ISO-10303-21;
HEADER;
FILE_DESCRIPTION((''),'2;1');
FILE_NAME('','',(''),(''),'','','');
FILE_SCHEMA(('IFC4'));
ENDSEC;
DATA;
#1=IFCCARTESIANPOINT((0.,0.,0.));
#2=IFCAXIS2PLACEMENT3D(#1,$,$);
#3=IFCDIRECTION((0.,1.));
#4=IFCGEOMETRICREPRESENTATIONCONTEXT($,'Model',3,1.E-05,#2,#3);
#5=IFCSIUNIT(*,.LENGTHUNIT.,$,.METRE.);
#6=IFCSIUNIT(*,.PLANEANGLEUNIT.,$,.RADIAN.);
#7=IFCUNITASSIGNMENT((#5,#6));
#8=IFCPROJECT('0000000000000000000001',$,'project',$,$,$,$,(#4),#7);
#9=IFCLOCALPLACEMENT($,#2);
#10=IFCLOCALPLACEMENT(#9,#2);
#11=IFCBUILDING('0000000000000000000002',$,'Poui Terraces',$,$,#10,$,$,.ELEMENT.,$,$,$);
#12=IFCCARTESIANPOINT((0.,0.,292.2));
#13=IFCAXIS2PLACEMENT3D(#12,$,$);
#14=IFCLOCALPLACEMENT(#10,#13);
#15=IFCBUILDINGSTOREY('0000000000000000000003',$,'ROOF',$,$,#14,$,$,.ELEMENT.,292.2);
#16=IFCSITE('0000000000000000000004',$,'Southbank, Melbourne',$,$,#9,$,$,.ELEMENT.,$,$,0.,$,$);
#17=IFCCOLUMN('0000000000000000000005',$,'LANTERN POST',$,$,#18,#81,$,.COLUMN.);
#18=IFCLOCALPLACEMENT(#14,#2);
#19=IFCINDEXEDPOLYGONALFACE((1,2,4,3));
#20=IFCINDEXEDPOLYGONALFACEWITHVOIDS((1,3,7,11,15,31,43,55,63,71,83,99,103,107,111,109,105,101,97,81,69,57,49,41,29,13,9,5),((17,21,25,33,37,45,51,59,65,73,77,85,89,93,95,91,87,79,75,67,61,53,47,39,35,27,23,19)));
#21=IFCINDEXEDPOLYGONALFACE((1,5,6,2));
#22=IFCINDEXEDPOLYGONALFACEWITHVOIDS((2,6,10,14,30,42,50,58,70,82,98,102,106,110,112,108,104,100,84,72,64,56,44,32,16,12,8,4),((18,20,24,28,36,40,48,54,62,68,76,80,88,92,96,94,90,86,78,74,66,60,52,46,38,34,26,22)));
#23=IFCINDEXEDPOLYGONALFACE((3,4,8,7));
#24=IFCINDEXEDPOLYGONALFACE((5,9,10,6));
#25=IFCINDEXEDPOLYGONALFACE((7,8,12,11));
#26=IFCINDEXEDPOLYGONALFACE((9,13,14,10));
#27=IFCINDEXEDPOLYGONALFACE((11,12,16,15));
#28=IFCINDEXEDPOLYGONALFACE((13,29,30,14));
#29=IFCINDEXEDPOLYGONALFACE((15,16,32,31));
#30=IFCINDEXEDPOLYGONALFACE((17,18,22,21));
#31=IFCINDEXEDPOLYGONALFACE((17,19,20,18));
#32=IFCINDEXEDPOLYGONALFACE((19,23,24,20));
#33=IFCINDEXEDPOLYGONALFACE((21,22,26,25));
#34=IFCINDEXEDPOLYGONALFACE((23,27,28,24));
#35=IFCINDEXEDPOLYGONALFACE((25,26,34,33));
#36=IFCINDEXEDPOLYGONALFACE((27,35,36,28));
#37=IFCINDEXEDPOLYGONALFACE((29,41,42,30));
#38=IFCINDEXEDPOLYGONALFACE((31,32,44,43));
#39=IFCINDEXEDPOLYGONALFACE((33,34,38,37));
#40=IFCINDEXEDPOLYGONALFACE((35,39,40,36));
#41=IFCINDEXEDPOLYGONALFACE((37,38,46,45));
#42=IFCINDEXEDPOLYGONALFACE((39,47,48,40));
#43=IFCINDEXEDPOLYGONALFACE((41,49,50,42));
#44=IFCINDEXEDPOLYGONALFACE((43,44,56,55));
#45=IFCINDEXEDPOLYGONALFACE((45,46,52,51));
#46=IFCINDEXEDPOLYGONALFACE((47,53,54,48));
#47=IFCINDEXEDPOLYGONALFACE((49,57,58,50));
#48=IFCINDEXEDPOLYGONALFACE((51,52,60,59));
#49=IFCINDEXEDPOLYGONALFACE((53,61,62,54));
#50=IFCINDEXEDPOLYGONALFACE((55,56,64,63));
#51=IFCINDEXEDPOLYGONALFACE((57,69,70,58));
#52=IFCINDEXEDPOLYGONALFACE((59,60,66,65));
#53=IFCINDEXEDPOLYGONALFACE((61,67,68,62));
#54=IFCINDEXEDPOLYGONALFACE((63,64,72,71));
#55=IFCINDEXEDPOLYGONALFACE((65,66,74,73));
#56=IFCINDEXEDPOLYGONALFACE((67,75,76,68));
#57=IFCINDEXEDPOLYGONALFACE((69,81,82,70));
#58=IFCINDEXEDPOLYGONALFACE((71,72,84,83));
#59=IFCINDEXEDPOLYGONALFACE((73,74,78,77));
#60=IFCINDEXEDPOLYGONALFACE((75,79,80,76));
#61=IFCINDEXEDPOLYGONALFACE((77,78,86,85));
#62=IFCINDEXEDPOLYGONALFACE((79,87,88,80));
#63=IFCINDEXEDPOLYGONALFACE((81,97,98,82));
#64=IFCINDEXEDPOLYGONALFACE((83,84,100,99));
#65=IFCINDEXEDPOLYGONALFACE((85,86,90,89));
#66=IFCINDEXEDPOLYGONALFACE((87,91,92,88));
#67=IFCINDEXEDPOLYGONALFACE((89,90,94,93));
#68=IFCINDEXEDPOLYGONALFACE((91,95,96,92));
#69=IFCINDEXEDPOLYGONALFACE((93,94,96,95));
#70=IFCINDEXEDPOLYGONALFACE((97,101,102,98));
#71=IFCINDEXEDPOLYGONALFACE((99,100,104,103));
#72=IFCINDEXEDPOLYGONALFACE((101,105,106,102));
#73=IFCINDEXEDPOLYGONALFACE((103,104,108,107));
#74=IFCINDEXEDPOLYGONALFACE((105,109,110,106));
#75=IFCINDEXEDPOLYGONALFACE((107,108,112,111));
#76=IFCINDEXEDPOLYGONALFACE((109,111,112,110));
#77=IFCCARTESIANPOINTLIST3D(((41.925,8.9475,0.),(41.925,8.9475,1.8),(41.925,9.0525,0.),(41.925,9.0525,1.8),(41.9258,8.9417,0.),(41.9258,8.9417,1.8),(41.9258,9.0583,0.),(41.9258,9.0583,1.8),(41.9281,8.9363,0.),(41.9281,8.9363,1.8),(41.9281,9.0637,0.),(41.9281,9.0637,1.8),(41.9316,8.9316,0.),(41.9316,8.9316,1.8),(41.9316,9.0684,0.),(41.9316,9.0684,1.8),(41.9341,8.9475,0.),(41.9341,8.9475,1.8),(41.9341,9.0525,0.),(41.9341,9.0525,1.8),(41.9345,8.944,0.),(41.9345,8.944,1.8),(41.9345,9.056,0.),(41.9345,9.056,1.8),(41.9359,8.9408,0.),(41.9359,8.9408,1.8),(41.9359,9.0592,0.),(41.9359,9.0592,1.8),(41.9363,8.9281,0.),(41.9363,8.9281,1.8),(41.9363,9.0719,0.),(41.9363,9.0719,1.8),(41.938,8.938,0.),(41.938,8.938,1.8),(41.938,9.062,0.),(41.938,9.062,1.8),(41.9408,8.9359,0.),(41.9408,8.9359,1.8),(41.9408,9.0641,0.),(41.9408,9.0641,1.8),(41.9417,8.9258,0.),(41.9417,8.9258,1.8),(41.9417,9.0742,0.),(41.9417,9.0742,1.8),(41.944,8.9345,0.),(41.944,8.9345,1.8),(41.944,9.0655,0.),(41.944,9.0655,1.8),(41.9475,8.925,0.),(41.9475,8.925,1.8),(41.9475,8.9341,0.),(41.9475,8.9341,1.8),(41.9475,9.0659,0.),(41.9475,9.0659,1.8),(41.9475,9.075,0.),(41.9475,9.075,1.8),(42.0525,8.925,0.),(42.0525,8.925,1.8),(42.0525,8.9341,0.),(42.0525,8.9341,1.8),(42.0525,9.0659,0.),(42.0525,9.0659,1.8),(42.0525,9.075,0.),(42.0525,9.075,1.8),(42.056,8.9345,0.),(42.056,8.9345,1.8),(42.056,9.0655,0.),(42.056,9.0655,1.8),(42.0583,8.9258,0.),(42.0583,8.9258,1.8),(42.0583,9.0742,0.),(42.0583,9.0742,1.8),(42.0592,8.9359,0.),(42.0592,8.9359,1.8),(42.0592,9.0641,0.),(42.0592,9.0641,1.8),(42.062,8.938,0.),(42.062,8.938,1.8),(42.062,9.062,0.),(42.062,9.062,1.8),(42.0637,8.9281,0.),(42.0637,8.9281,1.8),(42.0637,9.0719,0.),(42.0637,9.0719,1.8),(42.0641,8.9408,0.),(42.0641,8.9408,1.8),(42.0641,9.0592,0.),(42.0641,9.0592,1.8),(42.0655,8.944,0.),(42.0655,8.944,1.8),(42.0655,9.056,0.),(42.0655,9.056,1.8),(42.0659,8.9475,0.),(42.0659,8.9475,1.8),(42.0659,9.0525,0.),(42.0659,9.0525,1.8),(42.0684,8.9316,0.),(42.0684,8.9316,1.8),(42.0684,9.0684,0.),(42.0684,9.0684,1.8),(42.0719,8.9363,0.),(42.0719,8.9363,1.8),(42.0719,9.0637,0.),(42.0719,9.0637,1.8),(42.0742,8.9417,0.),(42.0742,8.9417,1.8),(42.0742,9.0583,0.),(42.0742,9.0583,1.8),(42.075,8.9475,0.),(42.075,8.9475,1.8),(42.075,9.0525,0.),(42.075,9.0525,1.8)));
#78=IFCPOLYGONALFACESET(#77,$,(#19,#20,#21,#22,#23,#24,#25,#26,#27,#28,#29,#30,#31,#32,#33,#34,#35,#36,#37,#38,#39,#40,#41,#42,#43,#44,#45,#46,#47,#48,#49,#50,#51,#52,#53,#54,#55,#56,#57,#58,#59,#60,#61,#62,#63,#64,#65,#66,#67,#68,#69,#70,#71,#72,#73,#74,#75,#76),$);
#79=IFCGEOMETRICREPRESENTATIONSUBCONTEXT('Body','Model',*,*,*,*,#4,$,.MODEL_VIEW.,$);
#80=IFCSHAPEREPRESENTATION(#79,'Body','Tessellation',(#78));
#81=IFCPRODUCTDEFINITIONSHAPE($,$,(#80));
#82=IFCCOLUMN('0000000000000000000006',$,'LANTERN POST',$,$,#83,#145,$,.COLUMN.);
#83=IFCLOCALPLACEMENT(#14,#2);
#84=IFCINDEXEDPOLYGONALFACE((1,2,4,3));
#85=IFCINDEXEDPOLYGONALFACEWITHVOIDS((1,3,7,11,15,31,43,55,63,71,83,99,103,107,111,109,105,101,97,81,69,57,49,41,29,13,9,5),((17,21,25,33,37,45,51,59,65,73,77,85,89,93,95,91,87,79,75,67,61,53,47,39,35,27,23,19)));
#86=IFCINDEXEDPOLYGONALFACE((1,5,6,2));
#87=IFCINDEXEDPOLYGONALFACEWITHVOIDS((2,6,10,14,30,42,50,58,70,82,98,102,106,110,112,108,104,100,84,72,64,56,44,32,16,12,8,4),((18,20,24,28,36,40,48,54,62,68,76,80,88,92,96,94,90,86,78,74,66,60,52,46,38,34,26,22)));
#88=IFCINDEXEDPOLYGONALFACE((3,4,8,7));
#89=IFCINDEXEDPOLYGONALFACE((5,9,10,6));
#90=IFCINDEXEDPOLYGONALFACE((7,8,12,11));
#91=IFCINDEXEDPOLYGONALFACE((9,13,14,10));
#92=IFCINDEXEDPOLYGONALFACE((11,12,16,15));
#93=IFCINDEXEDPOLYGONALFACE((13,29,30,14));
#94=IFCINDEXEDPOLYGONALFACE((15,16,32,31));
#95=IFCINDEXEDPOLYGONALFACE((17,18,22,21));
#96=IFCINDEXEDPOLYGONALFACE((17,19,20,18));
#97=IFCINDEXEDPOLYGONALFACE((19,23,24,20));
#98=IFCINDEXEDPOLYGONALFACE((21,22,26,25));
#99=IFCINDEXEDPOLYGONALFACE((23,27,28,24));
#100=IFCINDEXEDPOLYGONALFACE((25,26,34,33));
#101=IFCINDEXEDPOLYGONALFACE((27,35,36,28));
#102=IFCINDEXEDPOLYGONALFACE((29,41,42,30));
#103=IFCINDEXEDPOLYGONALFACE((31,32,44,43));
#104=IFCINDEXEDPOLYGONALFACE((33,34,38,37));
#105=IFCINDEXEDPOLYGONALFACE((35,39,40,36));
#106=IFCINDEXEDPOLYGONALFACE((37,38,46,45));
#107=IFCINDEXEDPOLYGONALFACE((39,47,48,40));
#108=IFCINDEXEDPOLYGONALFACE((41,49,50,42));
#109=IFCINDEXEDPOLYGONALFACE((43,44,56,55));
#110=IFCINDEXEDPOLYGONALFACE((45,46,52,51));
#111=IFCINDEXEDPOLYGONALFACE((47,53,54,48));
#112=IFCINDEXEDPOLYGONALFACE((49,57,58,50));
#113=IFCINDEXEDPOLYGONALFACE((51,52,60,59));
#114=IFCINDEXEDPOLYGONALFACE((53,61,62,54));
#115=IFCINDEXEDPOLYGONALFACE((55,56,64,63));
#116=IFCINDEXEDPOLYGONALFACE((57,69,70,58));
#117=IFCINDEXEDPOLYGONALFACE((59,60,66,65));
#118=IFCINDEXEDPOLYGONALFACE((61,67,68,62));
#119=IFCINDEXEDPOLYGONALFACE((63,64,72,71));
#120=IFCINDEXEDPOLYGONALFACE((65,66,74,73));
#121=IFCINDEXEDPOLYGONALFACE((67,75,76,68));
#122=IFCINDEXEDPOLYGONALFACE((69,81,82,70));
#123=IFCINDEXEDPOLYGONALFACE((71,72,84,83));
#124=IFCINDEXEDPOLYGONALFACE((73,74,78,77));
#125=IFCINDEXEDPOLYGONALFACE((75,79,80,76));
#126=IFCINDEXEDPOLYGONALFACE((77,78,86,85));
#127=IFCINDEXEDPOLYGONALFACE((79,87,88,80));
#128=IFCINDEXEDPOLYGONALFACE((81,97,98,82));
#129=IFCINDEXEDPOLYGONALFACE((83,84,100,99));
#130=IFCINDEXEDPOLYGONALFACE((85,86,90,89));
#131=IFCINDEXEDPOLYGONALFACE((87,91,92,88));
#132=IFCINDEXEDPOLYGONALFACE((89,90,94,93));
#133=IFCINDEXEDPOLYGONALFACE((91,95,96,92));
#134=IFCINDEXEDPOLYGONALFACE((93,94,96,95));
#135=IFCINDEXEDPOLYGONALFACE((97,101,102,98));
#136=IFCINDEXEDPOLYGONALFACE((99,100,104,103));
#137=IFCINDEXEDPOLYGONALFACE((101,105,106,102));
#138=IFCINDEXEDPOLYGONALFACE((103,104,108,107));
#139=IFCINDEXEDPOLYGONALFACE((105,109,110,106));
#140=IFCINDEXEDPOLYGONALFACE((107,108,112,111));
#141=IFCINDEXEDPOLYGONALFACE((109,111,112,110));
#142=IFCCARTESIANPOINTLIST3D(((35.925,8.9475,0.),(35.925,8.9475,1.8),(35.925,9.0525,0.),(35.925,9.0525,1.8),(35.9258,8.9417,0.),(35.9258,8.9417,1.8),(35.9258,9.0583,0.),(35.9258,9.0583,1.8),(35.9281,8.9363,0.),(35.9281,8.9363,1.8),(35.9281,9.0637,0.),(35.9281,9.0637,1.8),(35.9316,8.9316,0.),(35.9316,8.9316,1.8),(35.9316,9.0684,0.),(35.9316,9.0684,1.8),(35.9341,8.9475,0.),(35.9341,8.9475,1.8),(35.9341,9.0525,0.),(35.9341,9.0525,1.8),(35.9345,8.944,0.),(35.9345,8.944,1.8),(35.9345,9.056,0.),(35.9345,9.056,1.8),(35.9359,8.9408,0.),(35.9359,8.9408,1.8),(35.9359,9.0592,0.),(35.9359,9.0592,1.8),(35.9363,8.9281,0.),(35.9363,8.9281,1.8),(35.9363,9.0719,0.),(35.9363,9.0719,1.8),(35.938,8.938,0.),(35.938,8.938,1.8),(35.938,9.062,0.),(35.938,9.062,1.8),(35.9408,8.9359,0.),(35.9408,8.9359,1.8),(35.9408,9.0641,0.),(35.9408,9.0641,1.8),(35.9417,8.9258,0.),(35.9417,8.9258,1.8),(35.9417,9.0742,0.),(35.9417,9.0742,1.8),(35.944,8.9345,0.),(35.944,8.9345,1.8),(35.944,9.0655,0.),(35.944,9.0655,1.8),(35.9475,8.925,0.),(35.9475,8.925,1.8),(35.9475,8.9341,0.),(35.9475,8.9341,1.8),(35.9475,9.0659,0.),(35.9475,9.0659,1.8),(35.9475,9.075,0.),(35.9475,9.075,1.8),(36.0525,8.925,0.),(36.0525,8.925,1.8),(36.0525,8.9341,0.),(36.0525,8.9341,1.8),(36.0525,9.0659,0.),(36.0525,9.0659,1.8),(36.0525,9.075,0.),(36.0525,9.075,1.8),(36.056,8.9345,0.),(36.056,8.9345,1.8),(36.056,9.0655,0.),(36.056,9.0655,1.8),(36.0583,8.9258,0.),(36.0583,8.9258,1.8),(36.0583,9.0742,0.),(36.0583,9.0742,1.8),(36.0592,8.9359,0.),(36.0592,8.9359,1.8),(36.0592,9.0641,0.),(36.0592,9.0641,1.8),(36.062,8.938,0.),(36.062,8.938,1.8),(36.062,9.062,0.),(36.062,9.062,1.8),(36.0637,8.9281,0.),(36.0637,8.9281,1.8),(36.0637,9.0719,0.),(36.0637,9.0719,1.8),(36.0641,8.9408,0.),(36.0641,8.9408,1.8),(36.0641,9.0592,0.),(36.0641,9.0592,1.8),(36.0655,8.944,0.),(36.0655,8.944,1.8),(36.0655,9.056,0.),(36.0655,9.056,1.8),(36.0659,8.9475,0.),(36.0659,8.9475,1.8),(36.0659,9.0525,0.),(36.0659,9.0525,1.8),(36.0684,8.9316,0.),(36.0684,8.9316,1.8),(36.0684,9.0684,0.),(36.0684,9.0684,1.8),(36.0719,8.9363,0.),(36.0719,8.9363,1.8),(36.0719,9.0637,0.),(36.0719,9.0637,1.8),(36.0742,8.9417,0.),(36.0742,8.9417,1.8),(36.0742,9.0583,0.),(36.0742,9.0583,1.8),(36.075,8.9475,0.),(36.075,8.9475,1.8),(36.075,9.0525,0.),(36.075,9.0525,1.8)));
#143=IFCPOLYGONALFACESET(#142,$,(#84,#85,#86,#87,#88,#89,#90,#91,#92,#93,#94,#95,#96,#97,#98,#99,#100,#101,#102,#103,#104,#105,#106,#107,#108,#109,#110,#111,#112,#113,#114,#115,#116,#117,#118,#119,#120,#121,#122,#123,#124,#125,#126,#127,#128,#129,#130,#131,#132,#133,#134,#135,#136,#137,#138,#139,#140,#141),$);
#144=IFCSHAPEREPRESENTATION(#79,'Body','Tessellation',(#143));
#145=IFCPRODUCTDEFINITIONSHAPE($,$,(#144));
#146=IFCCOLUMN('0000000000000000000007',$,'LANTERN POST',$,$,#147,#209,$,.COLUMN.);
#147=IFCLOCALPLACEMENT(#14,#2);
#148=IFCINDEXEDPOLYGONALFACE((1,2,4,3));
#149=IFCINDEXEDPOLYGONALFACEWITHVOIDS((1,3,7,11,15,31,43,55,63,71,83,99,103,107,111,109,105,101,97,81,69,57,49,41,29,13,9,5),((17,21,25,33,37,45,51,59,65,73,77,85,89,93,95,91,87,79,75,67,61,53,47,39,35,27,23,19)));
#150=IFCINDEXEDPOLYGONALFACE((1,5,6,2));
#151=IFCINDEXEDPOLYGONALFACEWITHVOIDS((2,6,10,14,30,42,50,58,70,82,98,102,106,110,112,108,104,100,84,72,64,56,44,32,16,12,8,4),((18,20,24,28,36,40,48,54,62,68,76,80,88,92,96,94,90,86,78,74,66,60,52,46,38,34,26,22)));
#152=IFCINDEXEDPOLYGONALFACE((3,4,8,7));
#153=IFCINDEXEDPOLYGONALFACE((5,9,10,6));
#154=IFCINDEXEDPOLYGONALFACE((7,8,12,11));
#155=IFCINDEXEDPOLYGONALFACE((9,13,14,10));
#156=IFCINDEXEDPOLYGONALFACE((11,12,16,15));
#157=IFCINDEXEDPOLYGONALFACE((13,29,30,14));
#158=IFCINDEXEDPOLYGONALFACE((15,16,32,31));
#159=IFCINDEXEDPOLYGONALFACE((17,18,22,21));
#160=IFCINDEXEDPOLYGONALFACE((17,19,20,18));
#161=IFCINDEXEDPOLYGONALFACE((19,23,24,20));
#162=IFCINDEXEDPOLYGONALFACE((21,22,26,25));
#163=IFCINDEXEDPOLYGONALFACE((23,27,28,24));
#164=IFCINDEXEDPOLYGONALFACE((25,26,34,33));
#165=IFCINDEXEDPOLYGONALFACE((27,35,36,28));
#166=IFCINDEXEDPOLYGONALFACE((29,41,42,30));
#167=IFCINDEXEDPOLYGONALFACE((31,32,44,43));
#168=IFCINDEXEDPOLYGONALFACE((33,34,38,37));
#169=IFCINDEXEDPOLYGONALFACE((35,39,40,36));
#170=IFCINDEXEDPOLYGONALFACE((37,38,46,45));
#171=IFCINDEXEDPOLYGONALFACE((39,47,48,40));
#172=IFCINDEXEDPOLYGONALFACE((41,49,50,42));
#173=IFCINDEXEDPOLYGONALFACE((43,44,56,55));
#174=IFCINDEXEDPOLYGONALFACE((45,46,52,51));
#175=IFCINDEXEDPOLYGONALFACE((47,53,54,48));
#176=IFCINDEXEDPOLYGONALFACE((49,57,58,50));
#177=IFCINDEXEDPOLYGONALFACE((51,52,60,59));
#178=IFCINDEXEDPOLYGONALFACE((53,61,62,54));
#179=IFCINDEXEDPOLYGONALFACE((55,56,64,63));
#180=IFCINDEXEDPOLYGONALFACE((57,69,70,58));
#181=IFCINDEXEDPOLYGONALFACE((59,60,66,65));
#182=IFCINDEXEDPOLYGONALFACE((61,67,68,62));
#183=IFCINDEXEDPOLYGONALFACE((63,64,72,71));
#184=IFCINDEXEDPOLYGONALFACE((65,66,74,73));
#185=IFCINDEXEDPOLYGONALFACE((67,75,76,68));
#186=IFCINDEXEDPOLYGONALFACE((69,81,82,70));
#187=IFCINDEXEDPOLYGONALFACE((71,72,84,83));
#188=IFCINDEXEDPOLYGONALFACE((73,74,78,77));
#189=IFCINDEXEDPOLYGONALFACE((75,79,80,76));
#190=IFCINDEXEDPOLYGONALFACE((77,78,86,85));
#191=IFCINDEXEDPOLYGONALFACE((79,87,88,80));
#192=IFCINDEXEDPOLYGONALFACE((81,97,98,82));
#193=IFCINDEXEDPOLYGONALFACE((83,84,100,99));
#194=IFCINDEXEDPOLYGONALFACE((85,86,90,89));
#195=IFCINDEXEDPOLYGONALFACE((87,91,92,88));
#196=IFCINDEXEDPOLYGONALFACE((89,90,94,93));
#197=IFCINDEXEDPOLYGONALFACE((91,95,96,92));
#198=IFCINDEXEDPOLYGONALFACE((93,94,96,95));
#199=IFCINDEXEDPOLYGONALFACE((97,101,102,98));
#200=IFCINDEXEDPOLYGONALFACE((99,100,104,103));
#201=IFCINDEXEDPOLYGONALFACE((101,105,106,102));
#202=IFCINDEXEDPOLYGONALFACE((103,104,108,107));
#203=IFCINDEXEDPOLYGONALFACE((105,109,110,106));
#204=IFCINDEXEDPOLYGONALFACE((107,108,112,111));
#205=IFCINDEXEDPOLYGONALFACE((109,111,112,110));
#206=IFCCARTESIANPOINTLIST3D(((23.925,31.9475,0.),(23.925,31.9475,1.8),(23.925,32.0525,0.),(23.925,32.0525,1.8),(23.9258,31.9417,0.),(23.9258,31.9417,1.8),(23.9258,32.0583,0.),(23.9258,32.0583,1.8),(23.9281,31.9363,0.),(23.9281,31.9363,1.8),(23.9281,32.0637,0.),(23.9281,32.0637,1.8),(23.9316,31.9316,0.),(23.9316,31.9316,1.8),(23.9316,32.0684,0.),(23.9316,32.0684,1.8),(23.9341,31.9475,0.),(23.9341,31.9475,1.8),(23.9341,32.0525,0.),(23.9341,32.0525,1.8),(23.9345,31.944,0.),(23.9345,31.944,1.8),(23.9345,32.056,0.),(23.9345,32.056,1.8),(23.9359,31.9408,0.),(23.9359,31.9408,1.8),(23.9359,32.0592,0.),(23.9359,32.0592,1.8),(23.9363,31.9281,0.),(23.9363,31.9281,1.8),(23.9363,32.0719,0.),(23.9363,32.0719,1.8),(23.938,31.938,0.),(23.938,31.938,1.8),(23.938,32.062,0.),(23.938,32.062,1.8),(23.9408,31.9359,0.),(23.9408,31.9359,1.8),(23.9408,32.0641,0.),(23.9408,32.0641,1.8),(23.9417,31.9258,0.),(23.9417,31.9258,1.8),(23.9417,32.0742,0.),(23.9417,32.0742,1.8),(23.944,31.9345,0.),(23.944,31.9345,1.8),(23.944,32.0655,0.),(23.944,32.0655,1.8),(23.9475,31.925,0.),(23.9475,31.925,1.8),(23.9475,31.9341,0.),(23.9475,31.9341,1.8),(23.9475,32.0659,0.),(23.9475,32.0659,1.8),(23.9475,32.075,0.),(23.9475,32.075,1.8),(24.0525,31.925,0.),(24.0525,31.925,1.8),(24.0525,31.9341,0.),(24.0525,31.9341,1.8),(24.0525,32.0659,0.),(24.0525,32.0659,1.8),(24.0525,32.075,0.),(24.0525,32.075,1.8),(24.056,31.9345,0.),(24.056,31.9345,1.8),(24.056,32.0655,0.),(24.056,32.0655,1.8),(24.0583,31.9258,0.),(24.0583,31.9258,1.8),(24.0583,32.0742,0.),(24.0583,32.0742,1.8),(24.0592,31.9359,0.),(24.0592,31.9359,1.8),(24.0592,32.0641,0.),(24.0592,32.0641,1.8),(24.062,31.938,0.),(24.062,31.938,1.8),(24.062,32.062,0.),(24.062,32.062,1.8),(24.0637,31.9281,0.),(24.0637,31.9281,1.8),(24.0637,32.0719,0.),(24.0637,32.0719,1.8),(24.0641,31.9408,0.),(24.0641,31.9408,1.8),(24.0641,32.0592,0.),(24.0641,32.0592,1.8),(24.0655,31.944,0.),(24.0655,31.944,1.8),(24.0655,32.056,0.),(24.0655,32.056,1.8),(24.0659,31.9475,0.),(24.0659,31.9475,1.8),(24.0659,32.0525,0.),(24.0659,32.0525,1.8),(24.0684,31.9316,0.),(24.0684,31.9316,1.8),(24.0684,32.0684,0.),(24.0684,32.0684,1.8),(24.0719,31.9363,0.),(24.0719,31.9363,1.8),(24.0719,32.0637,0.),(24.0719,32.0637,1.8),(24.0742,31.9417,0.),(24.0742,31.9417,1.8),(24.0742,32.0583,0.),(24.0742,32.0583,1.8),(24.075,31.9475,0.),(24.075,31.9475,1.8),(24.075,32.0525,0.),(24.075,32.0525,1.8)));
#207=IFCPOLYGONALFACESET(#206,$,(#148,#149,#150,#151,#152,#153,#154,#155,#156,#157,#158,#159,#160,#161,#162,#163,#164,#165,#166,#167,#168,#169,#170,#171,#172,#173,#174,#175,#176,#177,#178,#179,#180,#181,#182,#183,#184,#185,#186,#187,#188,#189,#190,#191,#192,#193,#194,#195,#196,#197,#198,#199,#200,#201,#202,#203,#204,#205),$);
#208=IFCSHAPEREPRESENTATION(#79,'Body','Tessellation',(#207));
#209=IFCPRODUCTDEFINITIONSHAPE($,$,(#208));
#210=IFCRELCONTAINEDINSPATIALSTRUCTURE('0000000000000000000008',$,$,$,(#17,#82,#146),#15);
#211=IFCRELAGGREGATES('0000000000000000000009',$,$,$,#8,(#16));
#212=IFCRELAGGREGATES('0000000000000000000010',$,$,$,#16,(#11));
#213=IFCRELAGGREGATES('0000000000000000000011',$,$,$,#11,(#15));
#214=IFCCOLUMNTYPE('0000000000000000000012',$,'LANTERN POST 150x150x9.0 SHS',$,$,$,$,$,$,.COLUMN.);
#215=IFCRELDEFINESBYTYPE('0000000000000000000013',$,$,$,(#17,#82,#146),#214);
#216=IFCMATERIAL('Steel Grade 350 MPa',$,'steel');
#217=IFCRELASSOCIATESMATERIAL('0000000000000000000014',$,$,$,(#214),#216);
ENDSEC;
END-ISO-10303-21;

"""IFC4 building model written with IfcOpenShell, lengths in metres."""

from ifc_helpers import new_model, si_unit, direction, frame, origin, origin_2d, place, context, subcontext, project, spatial, hollow_rectangle, extrude, source, transform, mapped, material, material_profile, profile_set, type_object, element, save


model = new_model("IFC4")

# Units and contexts
model_context = context("Model", 3, precision=1e-05, world=origin(), true_north=direction((0.0, 1.0)))
body_context = subcontext(model_context, "Body", "Model", "MODEL_VIEW")
ifc_project = project(units=[si_unit("LENGTHUNIT", "METRE"), si_unit("PLANEANGLEUNIT", "RADIAN")], contexts=[model_context])

# Site, building, storey
site_placement = place(None, origin())
site = spatial("IfcSite", under=ifc_project, at=site_placement, Name="Southbank, Melbourne", CompositionType="ELEMENT", RefElevation=0.0)
building_placement = place(site_placement, origin())
building = spatial("IfcBuilding", under=site, at=building_placement, Name="Poui Terraces", CompositionType="ELEMENT")
storey_placement = place(building_placement, frame((0.0, 0.0, 292.2)))
storey = spatial("IfcBuildingStorey", under=building, at=storey_placement, Name="ROOF", CompositionType="ELEMENT", Elevation=292.2)

# Columns
ifc_material_1 = material(Name="Steel Grade 350 MPa", Category="steel")
ifc_material_profile_1 = material_profile(ifc_material_1, hollow_rectangle(XDim=0.1499, YDim=0.1499, WallThickness=0.009, InnerFilletRadius=0.0134, OuterFilletRadius=0.0225, at=origin_2d()), Name="150x150x9.0 SHS")
ifc_profile_set_1 = profile_set([ifc_material_profile_1], Name="Steel Grade 350 MPa")
column_type = type_object("IfcColumnType", Name="LANTERN POST 150x150x9.0 SHS", PredefinedType="COLUMN", material=ifc_profile_set_1)
shared_shape_1 = source(origin(), body_context, "Body", "SweptSolid", [
    extrude(hollow_rectangle(XDim=0.1499, YDim=0.1499, WallThickness=0.009, InnerFilletRadius=0.0134, OuterFilletRadius=0.0225, at=origin_2d()), origin(), (0.0, 0.0, 1.0), 1.8),
])
for number, where, z_axis, x_axis, name in (
    (1, (42.0, 9.0, 0.0), (0.0, 0.0, 1.0), (1.0, 0.0, 0.0), "LANTERN POST"),
    (2, (36.0, 9.0, 0.0), (0.0, 0.0, 1.0), (1.0, 0.0, 0.0), "LANTERN POST"),
    (3, (24.0, 32.0, 0.0), (0.0, 0.0, 1.0), (1.0, 0.0, 0.0), "LANTERN POST"),
):
    element("IfcColumn", number, at=place(storey_placement, frame(where, z_axis=z_axis, x_axis=x_axis)), inside=storey, type_object=column_type, Name=name, PredefinedType="COLUMN", context=body_context, shape_type="MappedRepresentation", body=[
        mapped(shared_shape_1, transform((0.0, 0.0, 0.0))),
    ])

save(model, "model.ifc")
